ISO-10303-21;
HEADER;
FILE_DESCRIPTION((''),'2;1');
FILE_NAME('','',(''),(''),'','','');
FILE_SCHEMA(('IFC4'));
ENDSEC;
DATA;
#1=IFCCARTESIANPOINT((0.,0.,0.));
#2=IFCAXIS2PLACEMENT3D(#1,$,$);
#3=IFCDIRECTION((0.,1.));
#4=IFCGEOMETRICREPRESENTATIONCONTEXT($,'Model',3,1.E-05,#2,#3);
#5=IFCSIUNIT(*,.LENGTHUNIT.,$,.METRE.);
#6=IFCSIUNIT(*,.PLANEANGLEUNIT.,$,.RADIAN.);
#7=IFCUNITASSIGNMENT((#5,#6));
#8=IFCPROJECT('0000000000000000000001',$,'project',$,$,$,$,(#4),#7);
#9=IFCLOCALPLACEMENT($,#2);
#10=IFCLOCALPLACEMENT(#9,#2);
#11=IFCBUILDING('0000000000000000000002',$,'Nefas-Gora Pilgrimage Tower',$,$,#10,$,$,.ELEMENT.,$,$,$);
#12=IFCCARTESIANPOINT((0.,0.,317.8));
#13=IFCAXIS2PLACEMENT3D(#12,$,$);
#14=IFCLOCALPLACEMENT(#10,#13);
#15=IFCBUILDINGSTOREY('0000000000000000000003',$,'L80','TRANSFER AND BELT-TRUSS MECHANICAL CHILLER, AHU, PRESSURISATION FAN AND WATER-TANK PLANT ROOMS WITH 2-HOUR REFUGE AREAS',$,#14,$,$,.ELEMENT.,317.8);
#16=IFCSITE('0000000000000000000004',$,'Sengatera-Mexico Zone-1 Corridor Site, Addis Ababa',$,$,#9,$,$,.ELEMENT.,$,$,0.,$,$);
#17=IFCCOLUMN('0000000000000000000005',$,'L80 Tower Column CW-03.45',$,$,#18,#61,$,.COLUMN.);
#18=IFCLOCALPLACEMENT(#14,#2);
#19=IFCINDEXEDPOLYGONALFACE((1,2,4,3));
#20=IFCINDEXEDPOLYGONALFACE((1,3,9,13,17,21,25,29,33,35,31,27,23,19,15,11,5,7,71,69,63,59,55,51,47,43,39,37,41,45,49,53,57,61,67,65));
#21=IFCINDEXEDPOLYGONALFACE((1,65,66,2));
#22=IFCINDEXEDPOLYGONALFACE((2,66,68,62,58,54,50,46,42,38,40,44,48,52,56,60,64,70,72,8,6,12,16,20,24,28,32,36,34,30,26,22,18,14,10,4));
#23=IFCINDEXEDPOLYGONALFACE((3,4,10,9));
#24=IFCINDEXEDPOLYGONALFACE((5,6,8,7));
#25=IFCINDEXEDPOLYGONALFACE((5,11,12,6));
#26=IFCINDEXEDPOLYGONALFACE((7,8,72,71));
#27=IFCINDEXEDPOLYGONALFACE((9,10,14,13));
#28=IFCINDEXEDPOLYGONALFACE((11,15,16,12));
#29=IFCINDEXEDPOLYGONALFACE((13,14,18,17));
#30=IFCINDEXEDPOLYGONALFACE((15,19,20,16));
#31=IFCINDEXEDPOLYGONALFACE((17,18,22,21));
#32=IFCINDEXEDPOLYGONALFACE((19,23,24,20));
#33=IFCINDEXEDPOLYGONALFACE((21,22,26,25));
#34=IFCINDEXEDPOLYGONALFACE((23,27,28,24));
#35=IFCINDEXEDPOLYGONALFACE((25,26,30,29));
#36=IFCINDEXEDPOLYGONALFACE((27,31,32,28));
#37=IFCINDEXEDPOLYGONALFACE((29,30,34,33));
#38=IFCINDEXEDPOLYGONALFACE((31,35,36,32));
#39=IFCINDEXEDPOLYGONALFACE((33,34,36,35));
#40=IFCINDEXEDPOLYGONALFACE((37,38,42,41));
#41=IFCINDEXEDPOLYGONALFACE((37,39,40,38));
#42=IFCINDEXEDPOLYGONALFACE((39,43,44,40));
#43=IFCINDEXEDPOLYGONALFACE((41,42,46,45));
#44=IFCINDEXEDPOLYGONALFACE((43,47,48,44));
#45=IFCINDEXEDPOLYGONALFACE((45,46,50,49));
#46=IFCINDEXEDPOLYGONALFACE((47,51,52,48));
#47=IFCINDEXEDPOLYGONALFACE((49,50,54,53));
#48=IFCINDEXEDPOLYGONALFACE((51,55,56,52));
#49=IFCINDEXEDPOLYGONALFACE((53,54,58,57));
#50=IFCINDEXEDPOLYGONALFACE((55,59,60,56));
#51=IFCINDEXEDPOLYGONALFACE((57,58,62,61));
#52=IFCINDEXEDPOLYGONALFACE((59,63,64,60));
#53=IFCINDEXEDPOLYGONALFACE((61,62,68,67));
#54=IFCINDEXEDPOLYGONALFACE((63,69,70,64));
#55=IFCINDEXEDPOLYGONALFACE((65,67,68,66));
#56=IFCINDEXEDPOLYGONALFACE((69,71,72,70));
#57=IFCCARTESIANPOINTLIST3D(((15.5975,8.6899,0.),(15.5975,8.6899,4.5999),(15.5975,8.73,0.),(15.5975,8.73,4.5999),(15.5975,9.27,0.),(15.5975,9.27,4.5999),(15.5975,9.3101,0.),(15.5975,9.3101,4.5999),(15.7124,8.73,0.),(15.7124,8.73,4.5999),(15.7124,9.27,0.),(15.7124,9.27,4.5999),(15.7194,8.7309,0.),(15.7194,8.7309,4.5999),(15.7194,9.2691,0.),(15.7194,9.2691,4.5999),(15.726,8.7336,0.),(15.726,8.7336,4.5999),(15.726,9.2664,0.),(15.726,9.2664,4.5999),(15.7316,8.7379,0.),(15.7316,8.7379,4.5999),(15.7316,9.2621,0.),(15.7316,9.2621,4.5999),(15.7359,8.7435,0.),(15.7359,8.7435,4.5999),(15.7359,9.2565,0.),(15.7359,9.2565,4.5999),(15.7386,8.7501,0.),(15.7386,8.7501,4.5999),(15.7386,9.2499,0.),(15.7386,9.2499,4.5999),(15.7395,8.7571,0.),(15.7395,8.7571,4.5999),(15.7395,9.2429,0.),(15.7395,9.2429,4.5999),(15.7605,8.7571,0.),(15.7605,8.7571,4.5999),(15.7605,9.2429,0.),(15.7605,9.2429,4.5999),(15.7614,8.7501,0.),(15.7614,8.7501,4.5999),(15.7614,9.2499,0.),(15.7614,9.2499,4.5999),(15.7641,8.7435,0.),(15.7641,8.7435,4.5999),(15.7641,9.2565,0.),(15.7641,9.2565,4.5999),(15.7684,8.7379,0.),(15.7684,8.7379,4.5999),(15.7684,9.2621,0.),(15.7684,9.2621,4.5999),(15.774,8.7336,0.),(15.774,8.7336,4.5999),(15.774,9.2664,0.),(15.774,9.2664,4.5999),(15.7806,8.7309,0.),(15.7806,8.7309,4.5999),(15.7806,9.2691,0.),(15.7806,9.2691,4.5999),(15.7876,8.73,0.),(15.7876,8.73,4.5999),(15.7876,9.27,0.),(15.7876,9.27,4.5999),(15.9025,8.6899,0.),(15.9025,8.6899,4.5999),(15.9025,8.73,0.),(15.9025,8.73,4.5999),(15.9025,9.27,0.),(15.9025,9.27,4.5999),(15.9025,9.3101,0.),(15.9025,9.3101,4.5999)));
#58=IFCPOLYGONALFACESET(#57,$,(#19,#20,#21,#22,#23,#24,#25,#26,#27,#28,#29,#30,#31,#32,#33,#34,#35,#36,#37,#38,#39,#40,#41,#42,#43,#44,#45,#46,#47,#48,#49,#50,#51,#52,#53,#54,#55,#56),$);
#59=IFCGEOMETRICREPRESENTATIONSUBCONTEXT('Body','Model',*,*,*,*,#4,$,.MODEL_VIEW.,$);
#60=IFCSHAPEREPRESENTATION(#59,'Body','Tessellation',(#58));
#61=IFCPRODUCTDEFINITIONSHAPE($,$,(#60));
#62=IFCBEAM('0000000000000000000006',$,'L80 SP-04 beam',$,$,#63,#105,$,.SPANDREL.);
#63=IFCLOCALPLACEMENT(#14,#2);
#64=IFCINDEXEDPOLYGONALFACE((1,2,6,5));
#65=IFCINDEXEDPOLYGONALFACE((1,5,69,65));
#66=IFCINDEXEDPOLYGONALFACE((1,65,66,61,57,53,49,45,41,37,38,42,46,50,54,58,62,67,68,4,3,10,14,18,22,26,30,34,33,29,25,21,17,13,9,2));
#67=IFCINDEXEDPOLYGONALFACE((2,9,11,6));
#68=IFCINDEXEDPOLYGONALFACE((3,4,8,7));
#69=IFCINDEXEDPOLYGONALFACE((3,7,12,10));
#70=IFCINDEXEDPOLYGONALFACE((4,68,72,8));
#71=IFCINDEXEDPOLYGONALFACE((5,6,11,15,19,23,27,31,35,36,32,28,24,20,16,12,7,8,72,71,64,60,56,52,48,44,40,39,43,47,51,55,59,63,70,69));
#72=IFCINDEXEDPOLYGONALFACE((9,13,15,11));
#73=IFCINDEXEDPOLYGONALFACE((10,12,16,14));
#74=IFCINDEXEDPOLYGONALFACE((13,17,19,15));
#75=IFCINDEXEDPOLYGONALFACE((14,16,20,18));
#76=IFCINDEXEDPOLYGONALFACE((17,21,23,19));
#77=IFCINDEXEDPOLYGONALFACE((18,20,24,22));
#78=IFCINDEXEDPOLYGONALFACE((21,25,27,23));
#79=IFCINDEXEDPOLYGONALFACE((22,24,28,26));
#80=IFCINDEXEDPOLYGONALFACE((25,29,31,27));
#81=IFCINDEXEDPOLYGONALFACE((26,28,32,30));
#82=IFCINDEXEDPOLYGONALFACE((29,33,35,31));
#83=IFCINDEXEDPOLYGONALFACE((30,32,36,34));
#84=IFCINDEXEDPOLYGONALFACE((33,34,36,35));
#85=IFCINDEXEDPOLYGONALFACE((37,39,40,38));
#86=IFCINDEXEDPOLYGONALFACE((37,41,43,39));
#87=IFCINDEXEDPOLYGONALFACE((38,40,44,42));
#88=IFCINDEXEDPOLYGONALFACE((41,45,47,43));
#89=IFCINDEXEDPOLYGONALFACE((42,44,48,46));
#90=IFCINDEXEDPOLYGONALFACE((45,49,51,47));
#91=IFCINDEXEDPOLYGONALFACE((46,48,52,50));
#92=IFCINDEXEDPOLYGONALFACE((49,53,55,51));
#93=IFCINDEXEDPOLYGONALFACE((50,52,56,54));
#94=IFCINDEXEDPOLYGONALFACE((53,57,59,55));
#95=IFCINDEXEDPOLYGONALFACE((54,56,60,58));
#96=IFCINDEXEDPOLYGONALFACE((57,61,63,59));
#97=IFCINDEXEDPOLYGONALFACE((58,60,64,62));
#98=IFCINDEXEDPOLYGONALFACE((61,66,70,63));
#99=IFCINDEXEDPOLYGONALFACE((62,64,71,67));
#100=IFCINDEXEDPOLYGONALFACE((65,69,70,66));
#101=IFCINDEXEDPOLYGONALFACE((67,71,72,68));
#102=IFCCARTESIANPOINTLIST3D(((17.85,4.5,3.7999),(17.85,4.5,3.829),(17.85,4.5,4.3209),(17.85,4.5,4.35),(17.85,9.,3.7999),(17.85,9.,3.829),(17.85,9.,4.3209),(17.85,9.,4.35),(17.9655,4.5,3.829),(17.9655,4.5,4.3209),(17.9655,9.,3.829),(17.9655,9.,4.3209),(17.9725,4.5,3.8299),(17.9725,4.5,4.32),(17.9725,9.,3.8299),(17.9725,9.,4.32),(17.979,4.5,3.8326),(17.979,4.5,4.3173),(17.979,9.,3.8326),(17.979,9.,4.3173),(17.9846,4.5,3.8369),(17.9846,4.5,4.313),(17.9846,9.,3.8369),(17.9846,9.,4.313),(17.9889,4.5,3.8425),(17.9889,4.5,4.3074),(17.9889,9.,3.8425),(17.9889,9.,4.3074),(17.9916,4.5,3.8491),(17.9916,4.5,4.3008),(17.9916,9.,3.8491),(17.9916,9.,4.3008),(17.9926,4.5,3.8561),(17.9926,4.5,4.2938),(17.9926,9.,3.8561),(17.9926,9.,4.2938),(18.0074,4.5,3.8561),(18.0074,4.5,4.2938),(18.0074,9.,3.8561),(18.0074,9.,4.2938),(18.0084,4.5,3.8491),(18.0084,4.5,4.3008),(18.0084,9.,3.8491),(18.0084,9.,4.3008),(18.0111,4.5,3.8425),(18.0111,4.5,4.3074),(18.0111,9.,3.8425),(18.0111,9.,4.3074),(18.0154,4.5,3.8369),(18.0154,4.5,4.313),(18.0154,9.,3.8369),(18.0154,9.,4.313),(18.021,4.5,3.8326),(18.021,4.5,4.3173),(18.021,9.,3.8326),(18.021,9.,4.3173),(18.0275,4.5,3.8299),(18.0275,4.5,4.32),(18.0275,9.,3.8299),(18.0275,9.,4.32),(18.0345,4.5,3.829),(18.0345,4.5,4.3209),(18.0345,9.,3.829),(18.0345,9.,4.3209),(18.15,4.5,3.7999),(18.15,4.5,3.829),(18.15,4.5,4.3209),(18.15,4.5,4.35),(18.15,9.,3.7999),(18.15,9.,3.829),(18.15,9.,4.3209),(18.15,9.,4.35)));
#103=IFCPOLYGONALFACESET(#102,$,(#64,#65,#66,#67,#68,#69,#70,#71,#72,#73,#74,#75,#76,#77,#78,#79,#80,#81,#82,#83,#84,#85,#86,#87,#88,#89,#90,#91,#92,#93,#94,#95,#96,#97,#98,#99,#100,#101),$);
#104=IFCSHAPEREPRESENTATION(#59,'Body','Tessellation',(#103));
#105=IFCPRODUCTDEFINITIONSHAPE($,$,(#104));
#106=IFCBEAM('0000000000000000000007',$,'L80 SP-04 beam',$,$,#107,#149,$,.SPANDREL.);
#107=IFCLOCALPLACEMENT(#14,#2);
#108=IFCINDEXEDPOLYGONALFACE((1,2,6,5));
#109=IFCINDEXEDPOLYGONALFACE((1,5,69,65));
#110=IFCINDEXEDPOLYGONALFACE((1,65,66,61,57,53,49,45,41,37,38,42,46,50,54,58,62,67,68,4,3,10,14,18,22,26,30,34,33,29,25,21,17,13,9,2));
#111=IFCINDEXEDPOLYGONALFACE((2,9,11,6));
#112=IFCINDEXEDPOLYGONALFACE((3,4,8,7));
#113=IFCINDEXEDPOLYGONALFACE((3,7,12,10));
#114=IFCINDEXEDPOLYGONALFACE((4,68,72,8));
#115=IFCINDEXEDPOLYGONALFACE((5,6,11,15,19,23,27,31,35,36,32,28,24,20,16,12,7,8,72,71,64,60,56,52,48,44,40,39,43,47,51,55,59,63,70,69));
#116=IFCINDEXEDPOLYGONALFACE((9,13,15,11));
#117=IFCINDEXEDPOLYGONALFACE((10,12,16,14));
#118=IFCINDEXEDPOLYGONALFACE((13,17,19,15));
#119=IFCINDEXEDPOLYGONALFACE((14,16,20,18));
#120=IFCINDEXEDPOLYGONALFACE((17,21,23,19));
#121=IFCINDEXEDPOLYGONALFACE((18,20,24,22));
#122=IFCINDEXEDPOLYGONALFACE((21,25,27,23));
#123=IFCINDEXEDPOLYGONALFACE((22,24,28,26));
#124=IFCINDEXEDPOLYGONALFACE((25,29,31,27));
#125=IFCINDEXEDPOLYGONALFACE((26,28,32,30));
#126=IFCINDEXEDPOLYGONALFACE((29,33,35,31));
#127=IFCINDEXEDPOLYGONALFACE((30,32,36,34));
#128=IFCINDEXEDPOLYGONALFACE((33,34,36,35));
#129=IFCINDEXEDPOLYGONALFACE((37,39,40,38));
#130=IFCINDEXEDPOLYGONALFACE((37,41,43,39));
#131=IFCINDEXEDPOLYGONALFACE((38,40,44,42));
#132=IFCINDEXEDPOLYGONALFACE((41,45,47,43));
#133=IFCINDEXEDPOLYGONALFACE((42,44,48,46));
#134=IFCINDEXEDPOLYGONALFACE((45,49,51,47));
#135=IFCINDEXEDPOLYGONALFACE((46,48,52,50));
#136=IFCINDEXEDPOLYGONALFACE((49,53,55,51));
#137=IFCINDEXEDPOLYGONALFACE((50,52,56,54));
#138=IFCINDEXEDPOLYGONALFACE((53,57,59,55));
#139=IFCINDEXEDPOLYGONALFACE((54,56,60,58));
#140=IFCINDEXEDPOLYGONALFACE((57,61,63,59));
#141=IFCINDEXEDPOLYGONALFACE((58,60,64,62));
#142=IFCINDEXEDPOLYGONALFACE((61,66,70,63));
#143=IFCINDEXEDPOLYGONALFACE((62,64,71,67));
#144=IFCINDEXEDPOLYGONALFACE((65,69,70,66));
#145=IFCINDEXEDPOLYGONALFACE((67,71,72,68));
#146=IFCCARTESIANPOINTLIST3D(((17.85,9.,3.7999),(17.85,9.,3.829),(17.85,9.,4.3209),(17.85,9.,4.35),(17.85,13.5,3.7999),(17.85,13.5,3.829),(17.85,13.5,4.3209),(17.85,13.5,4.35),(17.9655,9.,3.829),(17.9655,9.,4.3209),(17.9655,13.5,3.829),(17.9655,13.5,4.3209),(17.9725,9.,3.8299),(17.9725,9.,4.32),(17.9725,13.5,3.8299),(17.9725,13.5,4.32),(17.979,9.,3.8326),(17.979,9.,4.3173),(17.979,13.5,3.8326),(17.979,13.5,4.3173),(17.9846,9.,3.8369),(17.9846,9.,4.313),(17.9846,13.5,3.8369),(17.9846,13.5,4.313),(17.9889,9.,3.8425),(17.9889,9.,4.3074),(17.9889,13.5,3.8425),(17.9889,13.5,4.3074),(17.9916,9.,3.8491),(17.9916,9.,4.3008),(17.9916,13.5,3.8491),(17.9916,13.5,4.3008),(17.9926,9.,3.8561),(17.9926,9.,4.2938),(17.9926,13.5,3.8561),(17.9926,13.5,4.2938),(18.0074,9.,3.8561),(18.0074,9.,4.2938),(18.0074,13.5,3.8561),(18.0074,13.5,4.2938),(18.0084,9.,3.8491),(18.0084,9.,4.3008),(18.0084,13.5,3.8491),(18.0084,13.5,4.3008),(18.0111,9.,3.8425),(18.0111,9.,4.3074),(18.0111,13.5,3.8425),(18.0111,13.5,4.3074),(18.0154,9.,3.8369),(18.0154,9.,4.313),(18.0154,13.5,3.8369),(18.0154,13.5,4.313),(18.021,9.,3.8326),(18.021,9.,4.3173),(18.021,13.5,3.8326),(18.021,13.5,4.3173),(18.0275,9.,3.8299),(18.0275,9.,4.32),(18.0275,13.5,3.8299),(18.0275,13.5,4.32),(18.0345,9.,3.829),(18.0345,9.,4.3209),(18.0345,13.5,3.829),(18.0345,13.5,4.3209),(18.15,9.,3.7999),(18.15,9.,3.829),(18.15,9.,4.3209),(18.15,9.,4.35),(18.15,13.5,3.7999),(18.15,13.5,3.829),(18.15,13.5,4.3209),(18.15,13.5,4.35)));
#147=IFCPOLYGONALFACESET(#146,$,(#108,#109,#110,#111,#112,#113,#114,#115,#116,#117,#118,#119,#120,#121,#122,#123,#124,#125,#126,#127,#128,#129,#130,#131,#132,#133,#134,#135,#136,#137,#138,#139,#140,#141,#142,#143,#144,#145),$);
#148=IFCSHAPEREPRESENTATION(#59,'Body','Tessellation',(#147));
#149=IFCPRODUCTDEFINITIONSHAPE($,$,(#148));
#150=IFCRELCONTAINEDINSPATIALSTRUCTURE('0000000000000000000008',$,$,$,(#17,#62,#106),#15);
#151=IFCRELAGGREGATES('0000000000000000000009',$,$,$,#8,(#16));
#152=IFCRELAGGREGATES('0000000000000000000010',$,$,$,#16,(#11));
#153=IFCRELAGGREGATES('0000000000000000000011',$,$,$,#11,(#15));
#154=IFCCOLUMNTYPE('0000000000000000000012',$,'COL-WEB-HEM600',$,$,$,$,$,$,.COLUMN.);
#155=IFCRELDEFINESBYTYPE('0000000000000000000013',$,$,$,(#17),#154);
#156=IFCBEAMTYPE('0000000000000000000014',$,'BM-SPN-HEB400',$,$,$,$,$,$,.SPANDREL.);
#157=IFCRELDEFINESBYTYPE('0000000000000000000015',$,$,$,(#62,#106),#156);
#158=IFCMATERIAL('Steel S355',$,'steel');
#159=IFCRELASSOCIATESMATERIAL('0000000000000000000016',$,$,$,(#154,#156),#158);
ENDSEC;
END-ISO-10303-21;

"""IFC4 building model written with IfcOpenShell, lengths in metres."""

from ifc_helpers import new_model, si_unit, direction, frame, origin, origin_2d, place, context, subcontext, project, spatial, i_section, extrude, source, transform, mapped, material, material_profile, profile_set, type_object, element, save


model = new_model("IFC4")

# Units and contexts
model_context = context("Model", 3, precision=1e-05, world=origin(), true_north=direction((0.0, 1.0)))
body_context = subcontext(model_context, "Body", "Model", "MODEL_VIEW")
ifc_project = project(units=[si_unit("LENGTHUNIT", "METRE"), si_unit("PLANEANGLEUNIT", "RADIAN")], contexts=[model_context])

# Site, building, storey
site_placement = place(None, origin())
site = spatial("IfcSite", under=ifc_project, at=site_placement, Name="Sengatera-Mexico Zone-1 Corridor Site, Addis Ababa", CompositionType="ELEMENT", RefElevation=0.0)
building_placement = place(site_placement, origin())
building = spatial("IfcBuilding", under=site, at=building_placement, Name="Nefas-Gora Pilgrimage Tower", CompositionType="ELEMENT")
storey_placement = place(building_placement, frame((0.0, 0.0, 317.8)))
storey = spatial("IfcBuildingStorey", under=building, at=storey_placement, Name="L80", Description="TRANSFER AND BELT-TRUSS MECHANICAL CHILLER, AHU, PRESSURISATION FAN AND WATER-TANK PLANT ROOMS WITH 2-HOUR REFUGE AREAS", CompositionType="ELEMENT", Elevation=317.8)

# Column
ifc_material_1 = material(Name="Steel S355", Category="steel")
ifc_material_profile_1 = material_profile(ifc_material_1, i_section(OverallWidth=0.3049, OverallDepth=0.6201, WebThickness=0.021, FlangeThickness=0.04, FilletRadius=0.0271, at=origin_2d()), Name="HEM 600")
ifc_profile_set_1 = profile_set([ifc_material_profile_1], Name="Steel S355")
column_type_1 = type_object("IfcColumnType", Name="COL-WEB-HEM600", PredefinedType="COLUMN", material=ifc_profile_set_1)
shared_shape_1 = source(origin(), body_context, "Body", "SweptSolid", [
    extrude(i_section(OverallWidth=0.3049, OverallDepth=0.6201, WebThickness=0.021, FlangeThickness=0.04, FilletRadius=0.0271, at=origin_2d()), origin(), (0.0, 0.0, 1.0), 4.5999),
])
for number, where, z_axis, x_axis, name in (
    (1, (15.75, 9.0, 0.0), (0.0, 0.0, 1.0), (1.0, 0.0, 0.0), "L80 Tower Column CW-03.45"),
):
    element("IfcColumn", number, at=place(storey_placement, frame(where, z_axis=z_axis, x_axis=x_axis)), inside=storey, type_object=column_type_1, Name=name, PredefinedType="COLUMN", context=body_context, shape_type="MappedRepresentation", body=[
        mapped(shared_shape_1, transform((0.0, 0.0, 0.0), x_axis=(1.0, 0.0, 0.0), y_axis=(0.0, 1.0, 0.0), z_axis=(0.0, 0.0, 1.0), scale=1.0)),
    ])

# Beams
ifc_material_profile_2 = material_profile(ifc_material_1, i_section(OverallWidth=0.3, OverallDepth=0.55, WebThickness=0.0149, FlangeThickness=0.0291, FilletRadius=0.0271, at=origin_2d()), Name="HEB 550")
ifc_profile_set_2 = profile_set([ifc_material_profile_2], Name="Steel S355")
beam_type_1 = type_object("IfcBeamType", Name="BM-SPN-HEB400", PredefinedType="SPANDREL", material=ifc_profile_set_2)
shared_shape_2 = source(origin(), body_context, "Body", "SweptSolid", [
    extrude(i_section(OverallWidth=0.3, OverallDepth=0.55, WebThickness=0.0149, FlangeThickness=0.0291, FilletRadius=0.0271, at=origin_2d()), origin(), (0.0, 0.0, 1.0), 4.5),
])
for number, where, z_axis, x_axis, name in (
    (2, (18.0, 4.5, 4.075), (0.0, 1.0, 0.0), (-1.0, 0.0, 0.0), "L80 SP-04 beam"),
    (3, (18.0, 9.0, 4.075), (0.0, 1.0, 0.0), (-1.0, 0.0, 0.0), "L80 SP-04 beam"),
):
    element("IfcBeam", number, at=place(storey_placement, frame(where, z_axis=z_axis, x_axis=x_axis)), inside=storey, type_object=beam_type_1, Name=name, PredefinedType="SPANDREL", context=body_context, shape_type="MappedRepresentation", body=[
        mapped(shared_shape_2, transform((0.0, 0.0, 0.0), x_axis=(1.0, 0.0, 0.0), y_axis=(0.0, 1.0, 0.0), z_axis=(0.0, 0.0, 1.0), scale=1.0)),
    ])

save(model, "model.ifc")
